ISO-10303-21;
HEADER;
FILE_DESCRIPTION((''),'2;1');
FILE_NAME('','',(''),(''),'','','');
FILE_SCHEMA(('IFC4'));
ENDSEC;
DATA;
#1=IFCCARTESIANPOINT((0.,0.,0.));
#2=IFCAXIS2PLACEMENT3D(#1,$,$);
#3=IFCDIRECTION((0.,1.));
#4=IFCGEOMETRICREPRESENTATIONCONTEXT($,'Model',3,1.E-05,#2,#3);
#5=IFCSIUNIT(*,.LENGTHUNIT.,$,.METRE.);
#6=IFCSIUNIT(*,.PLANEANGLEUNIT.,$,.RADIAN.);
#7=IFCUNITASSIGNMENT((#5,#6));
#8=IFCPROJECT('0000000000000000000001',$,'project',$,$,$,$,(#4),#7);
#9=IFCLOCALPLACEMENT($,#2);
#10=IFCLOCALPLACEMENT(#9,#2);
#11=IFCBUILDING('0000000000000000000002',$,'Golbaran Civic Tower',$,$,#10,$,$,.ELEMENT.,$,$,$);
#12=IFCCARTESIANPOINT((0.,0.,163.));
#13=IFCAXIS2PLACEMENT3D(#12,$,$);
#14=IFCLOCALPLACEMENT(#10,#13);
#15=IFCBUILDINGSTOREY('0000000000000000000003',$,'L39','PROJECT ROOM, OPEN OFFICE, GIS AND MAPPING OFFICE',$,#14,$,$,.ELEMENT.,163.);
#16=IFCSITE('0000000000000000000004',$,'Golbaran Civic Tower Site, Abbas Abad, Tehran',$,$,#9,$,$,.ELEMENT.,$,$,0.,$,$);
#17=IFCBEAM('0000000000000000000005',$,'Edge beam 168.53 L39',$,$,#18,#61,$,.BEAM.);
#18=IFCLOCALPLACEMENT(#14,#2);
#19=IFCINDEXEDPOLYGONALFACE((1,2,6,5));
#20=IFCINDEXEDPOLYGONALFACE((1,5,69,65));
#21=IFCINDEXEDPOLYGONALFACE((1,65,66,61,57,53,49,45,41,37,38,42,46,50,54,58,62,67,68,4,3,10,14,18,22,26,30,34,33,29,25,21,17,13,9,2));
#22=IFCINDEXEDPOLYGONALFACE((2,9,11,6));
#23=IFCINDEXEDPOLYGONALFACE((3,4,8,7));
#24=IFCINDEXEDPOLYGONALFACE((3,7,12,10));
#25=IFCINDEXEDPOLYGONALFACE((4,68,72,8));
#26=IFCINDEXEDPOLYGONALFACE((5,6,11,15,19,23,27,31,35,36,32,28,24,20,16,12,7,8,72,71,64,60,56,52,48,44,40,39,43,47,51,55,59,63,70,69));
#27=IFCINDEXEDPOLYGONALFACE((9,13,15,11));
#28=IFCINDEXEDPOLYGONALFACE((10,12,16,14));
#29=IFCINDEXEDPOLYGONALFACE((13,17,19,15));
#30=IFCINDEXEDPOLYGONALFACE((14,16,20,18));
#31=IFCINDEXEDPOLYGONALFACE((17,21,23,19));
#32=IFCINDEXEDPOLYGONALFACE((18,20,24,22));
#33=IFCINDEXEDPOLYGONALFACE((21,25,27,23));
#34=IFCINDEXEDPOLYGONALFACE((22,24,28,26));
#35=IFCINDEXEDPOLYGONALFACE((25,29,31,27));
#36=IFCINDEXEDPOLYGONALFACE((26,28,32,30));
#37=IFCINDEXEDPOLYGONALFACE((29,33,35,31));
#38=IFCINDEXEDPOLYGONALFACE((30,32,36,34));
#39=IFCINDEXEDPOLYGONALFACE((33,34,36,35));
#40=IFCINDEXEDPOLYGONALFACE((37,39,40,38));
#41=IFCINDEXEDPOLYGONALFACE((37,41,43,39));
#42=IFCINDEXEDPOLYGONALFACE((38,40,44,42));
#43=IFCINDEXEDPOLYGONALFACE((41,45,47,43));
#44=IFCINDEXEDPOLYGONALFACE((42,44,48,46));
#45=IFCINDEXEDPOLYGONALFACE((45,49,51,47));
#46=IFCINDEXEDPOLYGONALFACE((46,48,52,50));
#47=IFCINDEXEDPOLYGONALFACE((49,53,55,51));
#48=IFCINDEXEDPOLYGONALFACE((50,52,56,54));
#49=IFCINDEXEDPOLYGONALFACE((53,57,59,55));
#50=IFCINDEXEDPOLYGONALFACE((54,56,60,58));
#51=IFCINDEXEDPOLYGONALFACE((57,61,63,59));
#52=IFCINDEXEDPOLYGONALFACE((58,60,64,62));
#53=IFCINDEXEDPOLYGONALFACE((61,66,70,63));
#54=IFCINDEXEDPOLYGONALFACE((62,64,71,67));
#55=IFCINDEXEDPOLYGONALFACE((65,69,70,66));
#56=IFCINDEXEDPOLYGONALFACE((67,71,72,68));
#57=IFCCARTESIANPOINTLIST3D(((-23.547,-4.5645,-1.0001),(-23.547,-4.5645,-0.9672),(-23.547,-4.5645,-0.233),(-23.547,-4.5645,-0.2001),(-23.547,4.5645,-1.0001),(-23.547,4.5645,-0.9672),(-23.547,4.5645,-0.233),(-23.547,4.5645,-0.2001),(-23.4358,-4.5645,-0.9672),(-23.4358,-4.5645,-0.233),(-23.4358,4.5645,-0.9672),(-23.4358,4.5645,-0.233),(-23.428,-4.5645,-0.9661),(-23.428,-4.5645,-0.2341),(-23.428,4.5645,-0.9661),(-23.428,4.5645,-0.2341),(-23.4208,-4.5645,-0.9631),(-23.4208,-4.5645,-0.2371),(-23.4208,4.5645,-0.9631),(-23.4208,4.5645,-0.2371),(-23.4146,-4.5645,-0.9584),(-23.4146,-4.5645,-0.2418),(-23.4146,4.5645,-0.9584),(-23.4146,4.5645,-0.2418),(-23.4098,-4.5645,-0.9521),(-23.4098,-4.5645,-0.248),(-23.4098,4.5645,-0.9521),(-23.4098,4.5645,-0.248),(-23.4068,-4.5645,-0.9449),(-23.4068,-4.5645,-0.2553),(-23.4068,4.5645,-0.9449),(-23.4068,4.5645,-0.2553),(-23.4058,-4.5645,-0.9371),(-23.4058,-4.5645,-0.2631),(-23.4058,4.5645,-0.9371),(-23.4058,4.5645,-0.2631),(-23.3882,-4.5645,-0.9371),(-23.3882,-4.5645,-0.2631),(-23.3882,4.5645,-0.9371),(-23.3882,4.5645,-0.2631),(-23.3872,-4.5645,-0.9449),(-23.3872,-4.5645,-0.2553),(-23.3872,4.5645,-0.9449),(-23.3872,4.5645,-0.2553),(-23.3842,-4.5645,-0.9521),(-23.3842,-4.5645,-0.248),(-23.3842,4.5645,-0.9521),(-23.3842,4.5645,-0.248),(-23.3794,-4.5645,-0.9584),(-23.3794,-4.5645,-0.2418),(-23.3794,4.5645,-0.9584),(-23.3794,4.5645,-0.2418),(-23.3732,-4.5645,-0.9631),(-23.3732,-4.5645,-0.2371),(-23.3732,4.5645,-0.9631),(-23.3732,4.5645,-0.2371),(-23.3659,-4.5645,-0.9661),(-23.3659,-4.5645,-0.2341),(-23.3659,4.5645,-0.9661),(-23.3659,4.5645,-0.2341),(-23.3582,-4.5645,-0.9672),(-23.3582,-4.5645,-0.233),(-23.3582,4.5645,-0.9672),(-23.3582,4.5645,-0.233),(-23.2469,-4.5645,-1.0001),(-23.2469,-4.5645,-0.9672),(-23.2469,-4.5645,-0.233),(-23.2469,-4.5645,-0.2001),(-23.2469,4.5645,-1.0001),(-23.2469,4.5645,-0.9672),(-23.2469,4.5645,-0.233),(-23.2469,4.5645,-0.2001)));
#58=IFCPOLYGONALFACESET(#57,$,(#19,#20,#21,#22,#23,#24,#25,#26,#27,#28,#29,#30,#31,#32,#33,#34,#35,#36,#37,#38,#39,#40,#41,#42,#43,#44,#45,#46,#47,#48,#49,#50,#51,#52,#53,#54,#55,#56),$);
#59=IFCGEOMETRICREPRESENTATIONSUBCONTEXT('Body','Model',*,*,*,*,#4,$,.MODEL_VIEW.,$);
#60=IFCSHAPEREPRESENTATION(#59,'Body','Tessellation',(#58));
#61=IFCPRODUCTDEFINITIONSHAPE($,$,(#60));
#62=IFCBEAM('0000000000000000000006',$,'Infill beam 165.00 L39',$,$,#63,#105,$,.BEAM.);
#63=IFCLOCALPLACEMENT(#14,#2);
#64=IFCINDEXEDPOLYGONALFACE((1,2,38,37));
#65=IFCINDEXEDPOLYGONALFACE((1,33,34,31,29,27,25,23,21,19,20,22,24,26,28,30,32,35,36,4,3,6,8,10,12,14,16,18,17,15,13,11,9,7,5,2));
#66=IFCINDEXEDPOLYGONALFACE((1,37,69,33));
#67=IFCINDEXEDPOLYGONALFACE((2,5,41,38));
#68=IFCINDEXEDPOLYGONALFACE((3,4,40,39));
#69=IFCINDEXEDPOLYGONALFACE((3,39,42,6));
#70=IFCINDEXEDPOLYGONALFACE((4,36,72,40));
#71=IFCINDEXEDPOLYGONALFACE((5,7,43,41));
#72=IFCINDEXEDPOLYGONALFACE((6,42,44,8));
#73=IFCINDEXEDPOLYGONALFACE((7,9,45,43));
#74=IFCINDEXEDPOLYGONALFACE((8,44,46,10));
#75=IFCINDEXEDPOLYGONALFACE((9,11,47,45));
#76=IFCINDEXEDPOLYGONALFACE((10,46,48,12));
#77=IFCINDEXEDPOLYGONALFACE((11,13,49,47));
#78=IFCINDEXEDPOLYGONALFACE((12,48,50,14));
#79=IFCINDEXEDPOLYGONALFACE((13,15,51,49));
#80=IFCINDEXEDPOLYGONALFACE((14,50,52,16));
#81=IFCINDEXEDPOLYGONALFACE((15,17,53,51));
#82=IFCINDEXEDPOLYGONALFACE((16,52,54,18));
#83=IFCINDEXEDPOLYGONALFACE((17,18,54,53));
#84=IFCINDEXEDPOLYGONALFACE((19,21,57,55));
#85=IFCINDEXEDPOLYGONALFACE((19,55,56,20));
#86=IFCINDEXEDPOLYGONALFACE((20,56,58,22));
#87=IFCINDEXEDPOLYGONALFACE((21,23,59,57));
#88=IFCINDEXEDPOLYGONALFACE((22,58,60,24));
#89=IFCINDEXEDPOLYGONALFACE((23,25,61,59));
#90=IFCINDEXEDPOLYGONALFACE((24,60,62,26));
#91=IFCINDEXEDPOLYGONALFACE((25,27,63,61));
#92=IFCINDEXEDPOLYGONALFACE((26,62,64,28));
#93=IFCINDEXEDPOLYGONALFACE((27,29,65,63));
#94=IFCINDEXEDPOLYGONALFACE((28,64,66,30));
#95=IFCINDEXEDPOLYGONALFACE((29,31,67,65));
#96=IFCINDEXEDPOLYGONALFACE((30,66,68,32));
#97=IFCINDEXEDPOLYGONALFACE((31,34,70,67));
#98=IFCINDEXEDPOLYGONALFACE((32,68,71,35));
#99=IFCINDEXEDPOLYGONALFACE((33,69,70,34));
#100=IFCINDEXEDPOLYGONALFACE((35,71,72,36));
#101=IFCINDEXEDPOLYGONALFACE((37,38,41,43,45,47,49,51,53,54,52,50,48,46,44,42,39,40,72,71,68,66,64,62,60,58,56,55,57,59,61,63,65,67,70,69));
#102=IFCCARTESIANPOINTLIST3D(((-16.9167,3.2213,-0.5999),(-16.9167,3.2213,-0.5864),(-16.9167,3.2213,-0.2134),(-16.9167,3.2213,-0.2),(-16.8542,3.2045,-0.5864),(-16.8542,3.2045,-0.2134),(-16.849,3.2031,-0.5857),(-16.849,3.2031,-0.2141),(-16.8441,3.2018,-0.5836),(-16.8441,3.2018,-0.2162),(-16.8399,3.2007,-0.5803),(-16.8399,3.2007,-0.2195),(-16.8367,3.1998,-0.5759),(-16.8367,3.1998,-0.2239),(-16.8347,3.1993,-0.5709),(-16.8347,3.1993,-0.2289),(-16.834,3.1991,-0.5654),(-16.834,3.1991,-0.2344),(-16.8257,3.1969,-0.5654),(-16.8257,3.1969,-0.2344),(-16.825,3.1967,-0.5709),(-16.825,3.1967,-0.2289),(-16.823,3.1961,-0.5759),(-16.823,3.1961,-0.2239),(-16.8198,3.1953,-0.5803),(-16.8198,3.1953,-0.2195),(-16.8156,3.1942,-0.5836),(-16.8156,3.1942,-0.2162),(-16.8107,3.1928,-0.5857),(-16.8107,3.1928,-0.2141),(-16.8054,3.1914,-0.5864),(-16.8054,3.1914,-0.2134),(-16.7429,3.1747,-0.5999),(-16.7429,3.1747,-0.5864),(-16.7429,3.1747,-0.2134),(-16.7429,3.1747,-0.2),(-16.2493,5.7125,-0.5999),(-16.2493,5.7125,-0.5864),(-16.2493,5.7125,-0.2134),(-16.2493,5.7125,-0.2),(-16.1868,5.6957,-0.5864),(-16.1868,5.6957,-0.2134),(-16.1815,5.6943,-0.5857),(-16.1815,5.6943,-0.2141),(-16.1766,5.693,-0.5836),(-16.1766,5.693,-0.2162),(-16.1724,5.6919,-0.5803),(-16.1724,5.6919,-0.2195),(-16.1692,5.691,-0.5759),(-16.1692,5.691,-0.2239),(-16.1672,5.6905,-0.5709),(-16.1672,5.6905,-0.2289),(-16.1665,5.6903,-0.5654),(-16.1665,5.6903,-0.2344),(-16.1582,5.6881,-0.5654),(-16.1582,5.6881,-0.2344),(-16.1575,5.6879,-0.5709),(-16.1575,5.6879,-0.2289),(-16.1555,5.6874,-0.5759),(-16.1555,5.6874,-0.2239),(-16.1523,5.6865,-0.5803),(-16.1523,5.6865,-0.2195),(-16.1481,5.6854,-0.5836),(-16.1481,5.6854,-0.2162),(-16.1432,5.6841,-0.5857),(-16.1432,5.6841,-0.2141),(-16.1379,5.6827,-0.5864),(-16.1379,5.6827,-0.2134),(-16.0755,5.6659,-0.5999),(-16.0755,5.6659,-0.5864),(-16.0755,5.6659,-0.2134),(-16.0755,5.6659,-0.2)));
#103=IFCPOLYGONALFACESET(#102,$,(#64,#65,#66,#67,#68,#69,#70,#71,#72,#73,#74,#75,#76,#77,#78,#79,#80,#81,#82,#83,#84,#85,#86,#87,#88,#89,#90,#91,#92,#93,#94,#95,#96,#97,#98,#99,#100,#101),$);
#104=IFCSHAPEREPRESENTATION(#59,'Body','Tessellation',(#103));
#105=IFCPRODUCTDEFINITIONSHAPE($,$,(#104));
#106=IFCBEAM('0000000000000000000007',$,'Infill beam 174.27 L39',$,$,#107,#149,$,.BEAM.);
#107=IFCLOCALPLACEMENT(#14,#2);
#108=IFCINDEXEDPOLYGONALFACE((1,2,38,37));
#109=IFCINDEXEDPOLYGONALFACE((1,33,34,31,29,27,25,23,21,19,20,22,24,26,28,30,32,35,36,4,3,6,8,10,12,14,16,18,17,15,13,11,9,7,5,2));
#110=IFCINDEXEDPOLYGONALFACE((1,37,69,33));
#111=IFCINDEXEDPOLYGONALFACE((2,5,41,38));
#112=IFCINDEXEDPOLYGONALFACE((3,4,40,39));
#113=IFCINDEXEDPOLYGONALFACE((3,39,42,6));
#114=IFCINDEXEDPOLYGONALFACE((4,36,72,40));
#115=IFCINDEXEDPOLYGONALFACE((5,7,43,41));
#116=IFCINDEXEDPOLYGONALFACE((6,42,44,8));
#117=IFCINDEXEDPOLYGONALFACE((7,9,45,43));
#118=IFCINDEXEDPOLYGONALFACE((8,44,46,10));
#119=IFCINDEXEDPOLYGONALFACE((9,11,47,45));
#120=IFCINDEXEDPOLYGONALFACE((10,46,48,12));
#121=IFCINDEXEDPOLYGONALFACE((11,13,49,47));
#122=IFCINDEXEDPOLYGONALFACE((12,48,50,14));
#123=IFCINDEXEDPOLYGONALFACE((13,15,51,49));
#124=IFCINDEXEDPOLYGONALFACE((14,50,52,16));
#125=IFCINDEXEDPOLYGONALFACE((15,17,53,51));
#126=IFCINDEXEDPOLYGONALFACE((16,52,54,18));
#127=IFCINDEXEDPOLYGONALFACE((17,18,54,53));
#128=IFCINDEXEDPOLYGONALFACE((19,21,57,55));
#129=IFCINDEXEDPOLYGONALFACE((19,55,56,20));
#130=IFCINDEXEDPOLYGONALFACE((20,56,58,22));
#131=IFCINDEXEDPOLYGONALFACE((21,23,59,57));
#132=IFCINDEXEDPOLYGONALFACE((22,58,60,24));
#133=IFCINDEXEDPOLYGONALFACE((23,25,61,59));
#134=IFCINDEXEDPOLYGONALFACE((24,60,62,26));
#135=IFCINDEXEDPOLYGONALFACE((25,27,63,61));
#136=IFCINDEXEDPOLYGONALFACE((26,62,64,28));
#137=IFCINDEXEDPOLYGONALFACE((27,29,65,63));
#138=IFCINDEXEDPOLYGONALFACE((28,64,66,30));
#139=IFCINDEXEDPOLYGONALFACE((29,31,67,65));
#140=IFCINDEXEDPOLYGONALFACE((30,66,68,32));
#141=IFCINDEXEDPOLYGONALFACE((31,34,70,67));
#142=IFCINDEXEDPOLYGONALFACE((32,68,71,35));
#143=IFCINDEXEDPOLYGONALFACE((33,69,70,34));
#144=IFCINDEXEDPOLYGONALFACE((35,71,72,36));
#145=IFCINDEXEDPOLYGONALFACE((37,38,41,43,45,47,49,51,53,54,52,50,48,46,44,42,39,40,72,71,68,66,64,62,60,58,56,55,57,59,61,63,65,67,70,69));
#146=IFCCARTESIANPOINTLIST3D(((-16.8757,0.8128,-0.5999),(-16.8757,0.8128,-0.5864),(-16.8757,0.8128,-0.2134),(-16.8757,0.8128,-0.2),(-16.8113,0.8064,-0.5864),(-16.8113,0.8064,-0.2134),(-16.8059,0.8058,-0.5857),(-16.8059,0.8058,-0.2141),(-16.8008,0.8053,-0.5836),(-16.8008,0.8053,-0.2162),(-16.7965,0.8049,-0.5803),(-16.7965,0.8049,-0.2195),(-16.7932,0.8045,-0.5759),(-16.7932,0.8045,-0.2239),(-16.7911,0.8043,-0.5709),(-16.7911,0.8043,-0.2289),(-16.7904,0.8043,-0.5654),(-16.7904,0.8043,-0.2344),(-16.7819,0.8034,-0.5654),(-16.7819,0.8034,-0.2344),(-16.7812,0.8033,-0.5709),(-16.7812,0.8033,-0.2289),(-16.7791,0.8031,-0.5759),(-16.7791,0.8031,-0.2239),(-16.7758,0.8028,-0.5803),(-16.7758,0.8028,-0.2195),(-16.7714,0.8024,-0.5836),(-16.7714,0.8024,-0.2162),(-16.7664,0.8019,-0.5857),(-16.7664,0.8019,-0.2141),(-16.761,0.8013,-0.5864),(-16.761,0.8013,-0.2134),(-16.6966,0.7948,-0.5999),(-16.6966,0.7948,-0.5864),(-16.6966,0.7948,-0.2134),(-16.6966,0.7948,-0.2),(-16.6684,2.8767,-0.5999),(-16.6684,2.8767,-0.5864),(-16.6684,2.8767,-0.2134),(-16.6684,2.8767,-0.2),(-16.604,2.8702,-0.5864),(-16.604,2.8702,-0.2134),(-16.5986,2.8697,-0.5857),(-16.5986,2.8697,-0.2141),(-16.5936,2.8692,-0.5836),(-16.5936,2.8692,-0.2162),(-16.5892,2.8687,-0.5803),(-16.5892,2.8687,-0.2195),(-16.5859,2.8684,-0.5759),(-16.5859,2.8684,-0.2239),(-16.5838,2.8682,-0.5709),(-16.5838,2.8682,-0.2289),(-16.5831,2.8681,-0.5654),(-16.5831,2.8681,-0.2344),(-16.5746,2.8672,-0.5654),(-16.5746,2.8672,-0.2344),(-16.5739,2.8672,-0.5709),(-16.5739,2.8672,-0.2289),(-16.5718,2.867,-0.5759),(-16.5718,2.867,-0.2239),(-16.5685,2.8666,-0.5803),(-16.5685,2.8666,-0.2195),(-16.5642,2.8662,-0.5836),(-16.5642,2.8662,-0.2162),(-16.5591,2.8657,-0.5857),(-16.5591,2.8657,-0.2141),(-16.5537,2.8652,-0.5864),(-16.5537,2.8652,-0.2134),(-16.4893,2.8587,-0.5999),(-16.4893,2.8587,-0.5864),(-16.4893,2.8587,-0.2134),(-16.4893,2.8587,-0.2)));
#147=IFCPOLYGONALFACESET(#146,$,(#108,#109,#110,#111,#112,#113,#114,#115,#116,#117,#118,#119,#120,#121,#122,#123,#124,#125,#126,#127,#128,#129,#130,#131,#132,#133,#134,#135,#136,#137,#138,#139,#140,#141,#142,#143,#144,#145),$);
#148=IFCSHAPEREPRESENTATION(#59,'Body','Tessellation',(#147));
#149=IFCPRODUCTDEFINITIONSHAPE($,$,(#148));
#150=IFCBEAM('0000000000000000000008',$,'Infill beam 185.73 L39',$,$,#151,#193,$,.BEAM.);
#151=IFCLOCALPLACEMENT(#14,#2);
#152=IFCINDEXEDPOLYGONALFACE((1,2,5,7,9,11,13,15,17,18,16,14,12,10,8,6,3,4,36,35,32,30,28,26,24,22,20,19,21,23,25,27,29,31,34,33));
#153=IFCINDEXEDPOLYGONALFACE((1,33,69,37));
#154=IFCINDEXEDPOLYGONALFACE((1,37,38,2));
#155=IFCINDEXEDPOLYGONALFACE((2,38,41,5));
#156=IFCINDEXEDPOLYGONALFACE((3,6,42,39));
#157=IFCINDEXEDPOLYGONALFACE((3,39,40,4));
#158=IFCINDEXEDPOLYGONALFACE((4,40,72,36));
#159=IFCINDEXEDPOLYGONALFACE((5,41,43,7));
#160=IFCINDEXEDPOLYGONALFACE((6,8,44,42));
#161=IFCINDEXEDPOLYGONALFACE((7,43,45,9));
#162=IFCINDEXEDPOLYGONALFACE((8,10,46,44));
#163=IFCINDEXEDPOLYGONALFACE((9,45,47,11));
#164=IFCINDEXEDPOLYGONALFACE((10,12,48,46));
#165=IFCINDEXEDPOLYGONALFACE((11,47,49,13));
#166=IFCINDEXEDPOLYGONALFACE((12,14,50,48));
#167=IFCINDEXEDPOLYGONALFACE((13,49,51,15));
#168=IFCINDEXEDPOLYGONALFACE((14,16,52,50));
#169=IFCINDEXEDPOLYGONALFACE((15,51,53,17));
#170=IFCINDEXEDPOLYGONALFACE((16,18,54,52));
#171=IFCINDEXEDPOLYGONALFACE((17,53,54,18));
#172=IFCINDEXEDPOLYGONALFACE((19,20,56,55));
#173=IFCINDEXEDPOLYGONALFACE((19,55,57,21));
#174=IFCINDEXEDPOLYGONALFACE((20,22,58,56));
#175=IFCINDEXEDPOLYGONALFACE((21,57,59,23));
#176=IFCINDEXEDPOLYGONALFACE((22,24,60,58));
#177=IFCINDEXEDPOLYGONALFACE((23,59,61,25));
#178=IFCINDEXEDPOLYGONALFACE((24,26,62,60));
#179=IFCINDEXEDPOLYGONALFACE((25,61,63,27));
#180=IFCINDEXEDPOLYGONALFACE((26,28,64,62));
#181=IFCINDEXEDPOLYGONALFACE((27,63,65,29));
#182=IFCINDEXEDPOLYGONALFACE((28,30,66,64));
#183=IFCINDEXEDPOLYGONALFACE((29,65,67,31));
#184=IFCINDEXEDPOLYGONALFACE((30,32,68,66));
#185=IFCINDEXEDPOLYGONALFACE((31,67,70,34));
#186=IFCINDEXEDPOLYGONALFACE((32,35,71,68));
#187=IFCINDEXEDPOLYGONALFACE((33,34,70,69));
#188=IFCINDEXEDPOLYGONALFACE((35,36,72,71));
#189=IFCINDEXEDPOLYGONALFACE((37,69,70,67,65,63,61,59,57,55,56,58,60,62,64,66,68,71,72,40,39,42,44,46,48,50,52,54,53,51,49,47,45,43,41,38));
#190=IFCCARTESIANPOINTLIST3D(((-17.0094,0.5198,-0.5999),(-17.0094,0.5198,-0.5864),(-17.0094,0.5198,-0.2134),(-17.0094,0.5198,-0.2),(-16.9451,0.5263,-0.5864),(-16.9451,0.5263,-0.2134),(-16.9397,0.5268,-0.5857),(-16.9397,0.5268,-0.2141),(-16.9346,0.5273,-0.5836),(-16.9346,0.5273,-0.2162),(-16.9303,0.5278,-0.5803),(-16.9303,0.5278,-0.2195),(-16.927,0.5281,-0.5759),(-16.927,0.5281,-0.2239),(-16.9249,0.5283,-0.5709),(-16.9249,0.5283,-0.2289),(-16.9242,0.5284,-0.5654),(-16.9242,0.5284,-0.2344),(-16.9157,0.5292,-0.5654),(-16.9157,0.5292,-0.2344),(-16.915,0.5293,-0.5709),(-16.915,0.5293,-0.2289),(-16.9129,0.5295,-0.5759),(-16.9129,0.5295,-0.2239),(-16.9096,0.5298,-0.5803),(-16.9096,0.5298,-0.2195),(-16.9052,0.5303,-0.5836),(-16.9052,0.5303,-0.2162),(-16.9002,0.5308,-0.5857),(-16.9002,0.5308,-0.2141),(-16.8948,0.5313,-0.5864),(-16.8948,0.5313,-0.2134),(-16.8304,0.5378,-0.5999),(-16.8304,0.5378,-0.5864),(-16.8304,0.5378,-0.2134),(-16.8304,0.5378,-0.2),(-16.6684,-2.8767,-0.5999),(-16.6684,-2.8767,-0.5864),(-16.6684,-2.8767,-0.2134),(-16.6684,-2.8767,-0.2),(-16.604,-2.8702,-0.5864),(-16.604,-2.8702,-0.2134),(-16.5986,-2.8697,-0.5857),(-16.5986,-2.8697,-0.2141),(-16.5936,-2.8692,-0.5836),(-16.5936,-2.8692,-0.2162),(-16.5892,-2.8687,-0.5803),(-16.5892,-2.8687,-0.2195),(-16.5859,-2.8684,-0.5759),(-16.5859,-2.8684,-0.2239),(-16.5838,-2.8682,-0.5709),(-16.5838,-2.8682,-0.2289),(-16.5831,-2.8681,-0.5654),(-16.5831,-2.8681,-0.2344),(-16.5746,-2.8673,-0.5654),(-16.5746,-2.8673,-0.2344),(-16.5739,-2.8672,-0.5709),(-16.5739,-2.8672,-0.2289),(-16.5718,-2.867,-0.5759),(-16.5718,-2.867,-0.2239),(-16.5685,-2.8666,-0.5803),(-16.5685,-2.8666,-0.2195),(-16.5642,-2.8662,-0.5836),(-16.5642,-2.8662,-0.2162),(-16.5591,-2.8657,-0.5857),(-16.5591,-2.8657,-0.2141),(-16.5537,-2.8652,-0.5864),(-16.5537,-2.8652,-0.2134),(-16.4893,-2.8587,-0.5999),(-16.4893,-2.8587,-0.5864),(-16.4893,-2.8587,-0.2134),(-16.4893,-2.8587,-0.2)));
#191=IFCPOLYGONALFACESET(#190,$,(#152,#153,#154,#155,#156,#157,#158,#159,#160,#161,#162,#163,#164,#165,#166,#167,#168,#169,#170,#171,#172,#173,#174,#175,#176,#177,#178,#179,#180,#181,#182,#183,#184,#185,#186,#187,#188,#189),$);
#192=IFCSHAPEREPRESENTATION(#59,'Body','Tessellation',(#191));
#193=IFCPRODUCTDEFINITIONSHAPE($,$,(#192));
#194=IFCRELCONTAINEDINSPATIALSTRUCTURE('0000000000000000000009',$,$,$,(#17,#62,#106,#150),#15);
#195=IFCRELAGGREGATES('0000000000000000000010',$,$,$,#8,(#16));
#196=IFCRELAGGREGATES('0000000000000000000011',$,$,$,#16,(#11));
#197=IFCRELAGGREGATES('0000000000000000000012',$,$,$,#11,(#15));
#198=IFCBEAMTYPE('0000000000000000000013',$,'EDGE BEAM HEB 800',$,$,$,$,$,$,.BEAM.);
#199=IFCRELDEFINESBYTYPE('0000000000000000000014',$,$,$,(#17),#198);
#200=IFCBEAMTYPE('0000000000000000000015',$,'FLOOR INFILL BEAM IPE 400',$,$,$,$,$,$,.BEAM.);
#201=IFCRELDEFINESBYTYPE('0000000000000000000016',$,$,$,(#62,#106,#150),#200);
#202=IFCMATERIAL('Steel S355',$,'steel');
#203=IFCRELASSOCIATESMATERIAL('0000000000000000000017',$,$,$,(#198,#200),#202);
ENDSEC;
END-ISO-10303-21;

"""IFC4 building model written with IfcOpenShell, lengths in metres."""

from ifc_helpers import new_model, si_unit, direction, frame, origin, origin_2d, place, context, subcontext, project, spatial, i_section, extrude, material, material_profile, profile_set, type_object, element, save


model = new_model("IFC4")

# Units and contexts
model_context = context("Model", 3, precision=1e-05, world=origin(), true_north=direction((0.0, 1.0)))
body_context = subcontext(model_context, "Body", "Model", "MODEL_VIEW")
ifc_project = project(units=[si_unit("LENGTHUNIT", "METRE"), si_unit("PLANEANGLEUNIT", "RADIAN")], contexts=[model_context])

# Site, building, storey
site_placement = place(None, origin())
site = spatial("IfcSite", under=ifc_project, at=site_placement, Name="Golbaran Civic Tower Site, Abbas Abad, Tehran", CompositionType="ELEMENT", RefElevation=0.0)
building_placement = place(site_placement, origin())
building = spatial("IfcBuilding", under=site, at=building_placement, Name="Golbaran Civic Tower", CompositionType="ELEMENT")
storey_placement = place(building_placement, frame((0.0, 0.0, 163.0)))
storey = spatial("IfcBuildingStorey", under=building, at=storey_placement, Name="L39", Description="PROJECT ROOM, OPEN OFFICE, GIS AND MAPPING OFFICE", CompositionType="ELEMENT", Elevation=163.0)

# Beams
ifc_material_1 = material(Name="Steel S355", Category="steel")
ifc_material_profile_1 = material_profile(ifc_material_1, i_section(OverallWidth=0.3, OverallDepth=0.8, WebThickness=0.0176, FlangeThickness=0.033, FilletRadius=0.03, at=origin_2d()), Name="HEB 800")
ifc_profile_set_1 = profile_set([ifc_material_profile_1], Name="Steel S355")
beam_type_1 = type_object("IfcBeamType", Name="EDGE BEAM HEB 800", PredefinedType="BEAM", material=ifc_profile_set_1)
beam_1_placement = place(storey_placement, frame((-23.397, 4.5645, -0.6001), z_axis=(0.0, -1.0, 0.0), x_axis=(1.0, 0.0, 0.0)))
element("IfcBeam", 1, at=beam_1_placement, inside=storey, type_object=beam_type_1, Name="Edge beam 168.53 L39", PredefinedType="BEAM", context=body_context, shape_type="SweptSolid", body=[
    extrude(i_section(OverallWidth=0.3, OverallDepth=0.8, WebThickness=0.0176, FlangeThickness=0.033, FilletRadius=0.03, at=origin_2d()), origin(), (0.0, 0.0, 1.0), 9.1289),
])
ifc_material_profile_2 = material_profile(ifc_material_1, i_section(OverallWidth=0.1799, OverallDepth=0.3999, WebThickness=0.0085, FlangeThickness=0.0134, FilletRadius=0.021, at=origin_2d()), Name="IPE 400")
ifc_profile_set_2 = profile_set([ifc_material_profile_2], Name="Steel S355")
beam_type_2 = type_object("IfcBeamType", Name="FLOOR INFILL BEAM IPE 400", PredefinedType="BEAM", material=ifc_profile_set_2)
beam_2_placement = place(storey_placement, frame((-16.1624, 5.6892, -0.3999), z_axis=(-0.258805, -0.965929, 0.0), x_axis=(0.965929, -0.258805, 0.0)))
element("IfcBeam", 2, at=beam_2_placement, inside=storey, type_object=beam_type_2, Name="Infill beam 165.00 L39", PredefinedType="BEAM", context=body_context, shape_type="SweptSolid", body=[
    extrude(i_section(OverallWidth=0.1799, OverallDepth=0.3999, WebThickness=0.0085, FlangeThickness=0.0134, FilletRadius=0.021, at=origin_2d()), origin(), (0.0, 0.0, 1.0), 2.5791),
])
beam_3_placement = place(storey_placement, frame((-16.5789, 2.8677, -0.3999), z_axis=(-0.099935, -0.994994, 0.0), x_axis=(0.994994, -0.099935, 0.0)))
element("IfcBeam", 3, at=beam_3_placement, inside=storey, type_object=beam_type_2, Name="Infill beam 174.27 L39", PredefinedType="BEAM", context=body_context, shape_type="SweptSolid", body=[
    extrude(i_section(OverallWidth=0.1799, OverallDepth=0.3999, WebThickness=0.0085, FlangeThickness=0.0134, FilletRadius=0.021, at=origin_2d()), origin(), (0.0, 0.0, 1.0), 2.0742),
])
beam_4_placement = place(storey_placement, frame((-16.9199, 0.5288, -0.3999), z_axis=(0.099914, -0.994996, 0.0), x_axis=(0.994996, 0.099914, 0.0)))
element("IfcBeam", 4, at=beam_4_placement, inside=storey, type_object=beam_type_2, Name="Infill beam 185.73 L39", PredefinedType="BEAM", context=body_context, shape_type="SweptSolid", body=[
    extrude(i_section(OverallWidth=0.1799, OverallDepth=0.3999, WebThickness=0.0085, FlangeThickness=0.0134, FilletRadius=0.021, at=origin_2d()), origin(), (0.0, 0.0, 1.0), 3.4136),
])

save(model, "model.ifc")
